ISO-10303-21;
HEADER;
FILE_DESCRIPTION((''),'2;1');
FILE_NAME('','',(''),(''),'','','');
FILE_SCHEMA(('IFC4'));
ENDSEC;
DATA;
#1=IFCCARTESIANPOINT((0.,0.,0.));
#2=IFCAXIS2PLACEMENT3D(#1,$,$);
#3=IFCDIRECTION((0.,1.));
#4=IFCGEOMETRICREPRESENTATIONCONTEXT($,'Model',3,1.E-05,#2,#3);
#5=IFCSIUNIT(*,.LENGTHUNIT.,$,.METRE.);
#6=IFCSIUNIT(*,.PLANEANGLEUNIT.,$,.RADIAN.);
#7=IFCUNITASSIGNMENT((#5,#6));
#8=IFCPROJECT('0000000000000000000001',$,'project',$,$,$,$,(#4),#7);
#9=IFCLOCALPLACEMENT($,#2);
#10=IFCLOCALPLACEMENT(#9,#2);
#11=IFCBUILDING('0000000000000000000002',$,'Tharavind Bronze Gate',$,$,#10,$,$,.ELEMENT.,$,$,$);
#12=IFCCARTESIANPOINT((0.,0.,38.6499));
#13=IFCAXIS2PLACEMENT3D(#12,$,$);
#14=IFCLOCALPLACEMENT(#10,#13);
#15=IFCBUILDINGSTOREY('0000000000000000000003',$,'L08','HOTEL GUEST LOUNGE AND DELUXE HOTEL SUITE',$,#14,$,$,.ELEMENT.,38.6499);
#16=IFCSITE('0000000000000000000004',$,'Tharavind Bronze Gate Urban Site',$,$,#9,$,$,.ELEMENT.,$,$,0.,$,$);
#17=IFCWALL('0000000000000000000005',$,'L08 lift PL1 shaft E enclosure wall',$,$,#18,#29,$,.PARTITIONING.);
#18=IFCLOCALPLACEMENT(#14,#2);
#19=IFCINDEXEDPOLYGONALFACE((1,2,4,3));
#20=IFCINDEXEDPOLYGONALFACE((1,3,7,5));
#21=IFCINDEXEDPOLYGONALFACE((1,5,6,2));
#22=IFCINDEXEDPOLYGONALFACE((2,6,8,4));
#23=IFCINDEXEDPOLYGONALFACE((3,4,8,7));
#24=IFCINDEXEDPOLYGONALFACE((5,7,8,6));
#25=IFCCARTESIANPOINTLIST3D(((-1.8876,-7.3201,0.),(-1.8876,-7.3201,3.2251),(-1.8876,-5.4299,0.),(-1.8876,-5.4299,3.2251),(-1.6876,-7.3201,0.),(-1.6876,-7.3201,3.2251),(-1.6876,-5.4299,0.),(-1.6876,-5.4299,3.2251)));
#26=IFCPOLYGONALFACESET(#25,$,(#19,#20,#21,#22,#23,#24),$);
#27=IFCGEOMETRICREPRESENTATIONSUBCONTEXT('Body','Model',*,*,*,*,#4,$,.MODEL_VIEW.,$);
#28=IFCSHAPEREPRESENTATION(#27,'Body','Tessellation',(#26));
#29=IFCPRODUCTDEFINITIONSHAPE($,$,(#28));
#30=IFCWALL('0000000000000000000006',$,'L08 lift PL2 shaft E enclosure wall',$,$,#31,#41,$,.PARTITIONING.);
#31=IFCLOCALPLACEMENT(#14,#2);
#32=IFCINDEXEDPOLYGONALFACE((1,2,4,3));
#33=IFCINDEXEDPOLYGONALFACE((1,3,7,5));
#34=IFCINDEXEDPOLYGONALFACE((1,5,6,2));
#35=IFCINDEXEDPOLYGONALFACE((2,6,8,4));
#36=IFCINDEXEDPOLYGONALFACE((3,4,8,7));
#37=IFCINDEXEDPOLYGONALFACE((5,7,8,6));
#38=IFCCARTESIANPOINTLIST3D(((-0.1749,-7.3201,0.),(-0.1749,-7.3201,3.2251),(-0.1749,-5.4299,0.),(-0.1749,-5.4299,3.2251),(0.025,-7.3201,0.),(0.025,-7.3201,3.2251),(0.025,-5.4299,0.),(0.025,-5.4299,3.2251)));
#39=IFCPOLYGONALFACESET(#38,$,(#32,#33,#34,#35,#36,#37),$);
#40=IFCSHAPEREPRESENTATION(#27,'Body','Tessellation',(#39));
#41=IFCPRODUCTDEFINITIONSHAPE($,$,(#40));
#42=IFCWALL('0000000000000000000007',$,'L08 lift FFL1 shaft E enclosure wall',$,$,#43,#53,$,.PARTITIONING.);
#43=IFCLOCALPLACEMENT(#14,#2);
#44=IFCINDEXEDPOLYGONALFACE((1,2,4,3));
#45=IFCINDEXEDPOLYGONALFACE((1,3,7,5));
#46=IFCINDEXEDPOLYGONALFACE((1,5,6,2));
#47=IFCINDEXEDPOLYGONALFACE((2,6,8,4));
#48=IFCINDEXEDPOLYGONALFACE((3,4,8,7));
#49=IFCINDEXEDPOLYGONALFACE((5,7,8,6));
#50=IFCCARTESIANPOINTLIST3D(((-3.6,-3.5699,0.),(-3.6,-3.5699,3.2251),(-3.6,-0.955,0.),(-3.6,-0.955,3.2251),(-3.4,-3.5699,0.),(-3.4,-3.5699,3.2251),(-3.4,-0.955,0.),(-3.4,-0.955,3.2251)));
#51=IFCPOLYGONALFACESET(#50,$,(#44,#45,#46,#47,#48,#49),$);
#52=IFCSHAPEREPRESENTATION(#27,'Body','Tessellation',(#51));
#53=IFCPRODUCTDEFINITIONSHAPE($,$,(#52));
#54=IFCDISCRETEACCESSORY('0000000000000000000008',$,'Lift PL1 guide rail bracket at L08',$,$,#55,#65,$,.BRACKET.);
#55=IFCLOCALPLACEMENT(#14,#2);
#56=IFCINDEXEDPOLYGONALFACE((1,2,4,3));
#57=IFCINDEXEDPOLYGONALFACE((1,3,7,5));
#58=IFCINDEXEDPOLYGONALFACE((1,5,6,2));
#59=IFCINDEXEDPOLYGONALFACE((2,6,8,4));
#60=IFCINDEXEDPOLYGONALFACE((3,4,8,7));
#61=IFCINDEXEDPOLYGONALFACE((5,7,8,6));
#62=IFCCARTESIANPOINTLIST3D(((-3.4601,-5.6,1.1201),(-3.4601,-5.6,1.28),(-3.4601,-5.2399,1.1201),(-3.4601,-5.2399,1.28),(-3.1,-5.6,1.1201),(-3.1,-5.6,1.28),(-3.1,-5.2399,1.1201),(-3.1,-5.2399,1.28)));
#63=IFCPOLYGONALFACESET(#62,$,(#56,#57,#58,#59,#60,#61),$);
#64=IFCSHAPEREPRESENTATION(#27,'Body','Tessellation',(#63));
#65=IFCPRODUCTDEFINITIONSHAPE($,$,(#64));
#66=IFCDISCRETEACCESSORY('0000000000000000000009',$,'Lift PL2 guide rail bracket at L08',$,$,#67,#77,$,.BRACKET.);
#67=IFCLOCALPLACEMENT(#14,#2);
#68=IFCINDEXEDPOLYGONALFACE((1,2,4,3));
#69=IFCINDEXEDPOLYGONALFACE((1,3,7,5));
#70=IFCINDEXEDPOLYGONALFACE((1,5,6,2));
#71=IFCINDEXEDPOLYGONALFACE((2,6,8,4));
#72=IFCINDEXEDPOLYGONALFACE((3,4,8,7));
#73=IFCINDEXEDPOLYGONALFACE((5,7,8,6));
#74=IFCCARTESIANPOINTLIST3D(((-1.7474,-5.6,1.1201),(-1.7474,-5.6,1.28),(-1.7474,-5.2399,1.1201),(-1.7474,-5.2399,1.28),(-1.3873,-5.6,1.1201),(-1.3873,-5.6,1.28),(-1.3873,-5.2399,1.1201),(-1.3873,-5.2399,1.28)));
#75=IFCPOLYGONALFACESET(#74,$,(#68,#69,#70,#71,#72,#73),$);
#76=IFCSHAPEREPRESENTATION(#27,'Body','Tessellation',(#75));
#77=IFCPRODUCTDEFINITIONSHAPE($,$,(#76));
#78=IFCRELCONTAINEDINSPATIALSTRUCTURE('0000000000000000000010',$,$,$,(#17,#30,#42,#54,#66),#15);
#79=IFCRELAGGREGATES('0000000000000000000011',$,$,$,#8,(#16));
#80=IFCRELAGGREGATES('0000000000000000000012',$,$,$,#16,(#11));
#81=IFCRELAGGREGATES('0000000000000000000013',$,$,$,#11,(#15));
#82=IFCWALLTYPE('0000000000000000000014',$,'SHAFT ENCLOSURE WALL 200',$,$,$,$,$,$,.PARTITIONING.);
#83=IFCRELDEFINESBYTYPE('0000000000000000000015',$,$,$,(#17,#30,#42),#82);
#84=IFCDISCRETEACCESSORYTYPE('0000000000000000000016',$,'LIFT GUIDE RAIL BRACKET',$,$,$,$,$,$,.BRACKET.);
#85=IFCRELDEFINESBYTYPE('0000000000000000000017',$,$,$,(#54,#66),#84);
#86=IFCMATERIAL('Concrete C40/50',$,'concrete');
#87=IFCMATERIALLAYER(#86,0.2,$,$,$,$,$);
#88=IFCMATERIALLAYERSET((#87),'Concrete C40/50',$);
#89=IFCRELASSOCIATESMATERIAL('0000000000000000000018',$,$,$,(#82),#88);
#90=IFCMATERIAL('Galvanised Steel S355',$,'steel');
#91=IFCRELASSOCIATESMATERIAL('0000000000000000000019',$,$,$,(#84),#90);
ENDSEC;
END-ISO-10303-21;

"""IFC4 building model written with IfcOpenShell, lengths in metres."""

from ifc_helpers import new_model, si_unit, direction, frame, frame_2d, origin, origin_2d, place, context, subcontext, project, spatial, rectangle, extrude, material, layer, layer_set, type_object, element, save


model = new_model("IFC4")

# Units and contexts
model_context = context("Model", 3, precision=1e-05, world=origin(), true_north=direction((0.0, 1.0)))
body_context = subcontext(model_context, "Body", "Model", "MODEL_VIEW")
ifc_project = project(units=[si_unit("LENGTHUNIT", "METRE"), si_unit("PLANEANGLEUNIT", "RADIAN")], contexts=[model_context])

# Site, building, storey
site_placement = place(None, origin())
site = spatial("IfcSite", under=ifc_project, at=site_placement, Name="Tharavind Bronze Gate Urban Site", CompositionType="ELEMENT", RefElevation=0.0)
building_placement = place(site_placement, origin())
building = spatial("IfcBuilding", under=site, at=building_placement, Name="Tharavind Bronze Gate", CompositionType="ELEMENT")
storey_placement = place(building_placement, frame((0.0, 0.0, 38.6499)))
storey = spatial("IfcBuildingStorey", under=building, at=storey_placement, Name="L08", Description="HOTEL GUEST LOUNGE AND DELUXE HOTEL SUITE", CompositionType="ELEMENT", Elevation=38.6499)

# Walls
ifc_material_1 = material(Name="Concrete C40/50", Category="concrete")
ifc_layer_1 = layer(ifc_material_1, 0.2)
ifc_layer_set_1 = layer_set([ifc_layer_1], Name="Concrete C40/50")
wall_type_1 = type_object("IfcWallType", Name="SHAFT ENCLOSURE WALL 200", PredefinedType="PARTITIONING", material=ifc_layer_set_1)
for number, where, z_axis, x_axis, name in (
    (1, (-1.7876, -7.3201, 0.0), (0.0, 0.0, 1.0), (0.0, 1.0, 0.0), "L08 lift PL1 shaft E enclosure wall"),
    (2, (-0.075, -7.3201, 0.0), (0.0, 0.0, 1.0), (0.0, 1.0, 0.0), "L08 lift PL2 shaft E enclosure wall"),
):
    element("IfcWall", number, at=place(storey_placement, frame(where, z_axis=z_axis, x_axis=x_axis)), inside=storey, type_object=wall_type_1, Name=name, PredefinedType="PARTITIONING", context=body_context, shape_type="SweptSolid", body=[
        extrude(rectangle(XDim=1.8901, YDim=0.2, at=frame_2d((0.9451, 0.0))), origin(), (0.0, 0.0, 1.0), 3.2251),
    ])
wall_1_placement = place(storey_placement, frame((-3.5, -3.5701, 0.0), z_axis=(0.0, 0.0, 1.0), x_axis=(0.0, 1.0, 0.0)))
element("IfcWall", 3, at=wall_1_placement, inside=storey, type_object=wall_type_1, Name="L08 lift FFL1 shaft E enclosure wall", PredefinedType="PARTITIONING", context=body_context, shape_type="SweptSolid", body=[
    extrude(rectangle(XDim=2.615, YDim=0.2, at=frame_2d((1.3076, 0.0))), origin(), (0.0, 0.0, 1.0), 3.2251),
])

# Discrete accessories
ifc_material_2 = material(Name="Galvanised Steel S355", Category="steel")
discrete_accessory_type = type_object("IfcDiscreteAccessoryType", Name="LIFT GUIDE RAIL BRACKET", PredefinedType="BRACKET", material=ifc_material_2)
for number, where, z_axis, x_axis, name in (
    (4, (-3.28, -5.4199, 1.1201), (0.0, 0.0, 1.0), (1.0, 0.0, 0.0), "Lift PL1 guide rail bracket at L08"),
    (5, (-1.5674, -5.4199, 1.1201), (0.0, 0.0, 1.0), (1.0, 0.0, 0.0), "Lift PL2 guide rail bracket at L08"),
):
    element("IfcDiscreteAccessory", number, at=place(storey_placement, frame(where, z_axis=z_axis, x_axis=x_axis)), inside=storey, type_object=discrete_accessory_type, Name=name, PredefinedType="BRACKET", context=body_context, shape_type="SweptSolid", body=[
        extrude(rectangle(XDim=0.3601, YDim=0.3601, at=origin_2d()), origin(), (0.0, 0.0, 1.0), 0.1599),
    ])

save(model, "model.ifc")
